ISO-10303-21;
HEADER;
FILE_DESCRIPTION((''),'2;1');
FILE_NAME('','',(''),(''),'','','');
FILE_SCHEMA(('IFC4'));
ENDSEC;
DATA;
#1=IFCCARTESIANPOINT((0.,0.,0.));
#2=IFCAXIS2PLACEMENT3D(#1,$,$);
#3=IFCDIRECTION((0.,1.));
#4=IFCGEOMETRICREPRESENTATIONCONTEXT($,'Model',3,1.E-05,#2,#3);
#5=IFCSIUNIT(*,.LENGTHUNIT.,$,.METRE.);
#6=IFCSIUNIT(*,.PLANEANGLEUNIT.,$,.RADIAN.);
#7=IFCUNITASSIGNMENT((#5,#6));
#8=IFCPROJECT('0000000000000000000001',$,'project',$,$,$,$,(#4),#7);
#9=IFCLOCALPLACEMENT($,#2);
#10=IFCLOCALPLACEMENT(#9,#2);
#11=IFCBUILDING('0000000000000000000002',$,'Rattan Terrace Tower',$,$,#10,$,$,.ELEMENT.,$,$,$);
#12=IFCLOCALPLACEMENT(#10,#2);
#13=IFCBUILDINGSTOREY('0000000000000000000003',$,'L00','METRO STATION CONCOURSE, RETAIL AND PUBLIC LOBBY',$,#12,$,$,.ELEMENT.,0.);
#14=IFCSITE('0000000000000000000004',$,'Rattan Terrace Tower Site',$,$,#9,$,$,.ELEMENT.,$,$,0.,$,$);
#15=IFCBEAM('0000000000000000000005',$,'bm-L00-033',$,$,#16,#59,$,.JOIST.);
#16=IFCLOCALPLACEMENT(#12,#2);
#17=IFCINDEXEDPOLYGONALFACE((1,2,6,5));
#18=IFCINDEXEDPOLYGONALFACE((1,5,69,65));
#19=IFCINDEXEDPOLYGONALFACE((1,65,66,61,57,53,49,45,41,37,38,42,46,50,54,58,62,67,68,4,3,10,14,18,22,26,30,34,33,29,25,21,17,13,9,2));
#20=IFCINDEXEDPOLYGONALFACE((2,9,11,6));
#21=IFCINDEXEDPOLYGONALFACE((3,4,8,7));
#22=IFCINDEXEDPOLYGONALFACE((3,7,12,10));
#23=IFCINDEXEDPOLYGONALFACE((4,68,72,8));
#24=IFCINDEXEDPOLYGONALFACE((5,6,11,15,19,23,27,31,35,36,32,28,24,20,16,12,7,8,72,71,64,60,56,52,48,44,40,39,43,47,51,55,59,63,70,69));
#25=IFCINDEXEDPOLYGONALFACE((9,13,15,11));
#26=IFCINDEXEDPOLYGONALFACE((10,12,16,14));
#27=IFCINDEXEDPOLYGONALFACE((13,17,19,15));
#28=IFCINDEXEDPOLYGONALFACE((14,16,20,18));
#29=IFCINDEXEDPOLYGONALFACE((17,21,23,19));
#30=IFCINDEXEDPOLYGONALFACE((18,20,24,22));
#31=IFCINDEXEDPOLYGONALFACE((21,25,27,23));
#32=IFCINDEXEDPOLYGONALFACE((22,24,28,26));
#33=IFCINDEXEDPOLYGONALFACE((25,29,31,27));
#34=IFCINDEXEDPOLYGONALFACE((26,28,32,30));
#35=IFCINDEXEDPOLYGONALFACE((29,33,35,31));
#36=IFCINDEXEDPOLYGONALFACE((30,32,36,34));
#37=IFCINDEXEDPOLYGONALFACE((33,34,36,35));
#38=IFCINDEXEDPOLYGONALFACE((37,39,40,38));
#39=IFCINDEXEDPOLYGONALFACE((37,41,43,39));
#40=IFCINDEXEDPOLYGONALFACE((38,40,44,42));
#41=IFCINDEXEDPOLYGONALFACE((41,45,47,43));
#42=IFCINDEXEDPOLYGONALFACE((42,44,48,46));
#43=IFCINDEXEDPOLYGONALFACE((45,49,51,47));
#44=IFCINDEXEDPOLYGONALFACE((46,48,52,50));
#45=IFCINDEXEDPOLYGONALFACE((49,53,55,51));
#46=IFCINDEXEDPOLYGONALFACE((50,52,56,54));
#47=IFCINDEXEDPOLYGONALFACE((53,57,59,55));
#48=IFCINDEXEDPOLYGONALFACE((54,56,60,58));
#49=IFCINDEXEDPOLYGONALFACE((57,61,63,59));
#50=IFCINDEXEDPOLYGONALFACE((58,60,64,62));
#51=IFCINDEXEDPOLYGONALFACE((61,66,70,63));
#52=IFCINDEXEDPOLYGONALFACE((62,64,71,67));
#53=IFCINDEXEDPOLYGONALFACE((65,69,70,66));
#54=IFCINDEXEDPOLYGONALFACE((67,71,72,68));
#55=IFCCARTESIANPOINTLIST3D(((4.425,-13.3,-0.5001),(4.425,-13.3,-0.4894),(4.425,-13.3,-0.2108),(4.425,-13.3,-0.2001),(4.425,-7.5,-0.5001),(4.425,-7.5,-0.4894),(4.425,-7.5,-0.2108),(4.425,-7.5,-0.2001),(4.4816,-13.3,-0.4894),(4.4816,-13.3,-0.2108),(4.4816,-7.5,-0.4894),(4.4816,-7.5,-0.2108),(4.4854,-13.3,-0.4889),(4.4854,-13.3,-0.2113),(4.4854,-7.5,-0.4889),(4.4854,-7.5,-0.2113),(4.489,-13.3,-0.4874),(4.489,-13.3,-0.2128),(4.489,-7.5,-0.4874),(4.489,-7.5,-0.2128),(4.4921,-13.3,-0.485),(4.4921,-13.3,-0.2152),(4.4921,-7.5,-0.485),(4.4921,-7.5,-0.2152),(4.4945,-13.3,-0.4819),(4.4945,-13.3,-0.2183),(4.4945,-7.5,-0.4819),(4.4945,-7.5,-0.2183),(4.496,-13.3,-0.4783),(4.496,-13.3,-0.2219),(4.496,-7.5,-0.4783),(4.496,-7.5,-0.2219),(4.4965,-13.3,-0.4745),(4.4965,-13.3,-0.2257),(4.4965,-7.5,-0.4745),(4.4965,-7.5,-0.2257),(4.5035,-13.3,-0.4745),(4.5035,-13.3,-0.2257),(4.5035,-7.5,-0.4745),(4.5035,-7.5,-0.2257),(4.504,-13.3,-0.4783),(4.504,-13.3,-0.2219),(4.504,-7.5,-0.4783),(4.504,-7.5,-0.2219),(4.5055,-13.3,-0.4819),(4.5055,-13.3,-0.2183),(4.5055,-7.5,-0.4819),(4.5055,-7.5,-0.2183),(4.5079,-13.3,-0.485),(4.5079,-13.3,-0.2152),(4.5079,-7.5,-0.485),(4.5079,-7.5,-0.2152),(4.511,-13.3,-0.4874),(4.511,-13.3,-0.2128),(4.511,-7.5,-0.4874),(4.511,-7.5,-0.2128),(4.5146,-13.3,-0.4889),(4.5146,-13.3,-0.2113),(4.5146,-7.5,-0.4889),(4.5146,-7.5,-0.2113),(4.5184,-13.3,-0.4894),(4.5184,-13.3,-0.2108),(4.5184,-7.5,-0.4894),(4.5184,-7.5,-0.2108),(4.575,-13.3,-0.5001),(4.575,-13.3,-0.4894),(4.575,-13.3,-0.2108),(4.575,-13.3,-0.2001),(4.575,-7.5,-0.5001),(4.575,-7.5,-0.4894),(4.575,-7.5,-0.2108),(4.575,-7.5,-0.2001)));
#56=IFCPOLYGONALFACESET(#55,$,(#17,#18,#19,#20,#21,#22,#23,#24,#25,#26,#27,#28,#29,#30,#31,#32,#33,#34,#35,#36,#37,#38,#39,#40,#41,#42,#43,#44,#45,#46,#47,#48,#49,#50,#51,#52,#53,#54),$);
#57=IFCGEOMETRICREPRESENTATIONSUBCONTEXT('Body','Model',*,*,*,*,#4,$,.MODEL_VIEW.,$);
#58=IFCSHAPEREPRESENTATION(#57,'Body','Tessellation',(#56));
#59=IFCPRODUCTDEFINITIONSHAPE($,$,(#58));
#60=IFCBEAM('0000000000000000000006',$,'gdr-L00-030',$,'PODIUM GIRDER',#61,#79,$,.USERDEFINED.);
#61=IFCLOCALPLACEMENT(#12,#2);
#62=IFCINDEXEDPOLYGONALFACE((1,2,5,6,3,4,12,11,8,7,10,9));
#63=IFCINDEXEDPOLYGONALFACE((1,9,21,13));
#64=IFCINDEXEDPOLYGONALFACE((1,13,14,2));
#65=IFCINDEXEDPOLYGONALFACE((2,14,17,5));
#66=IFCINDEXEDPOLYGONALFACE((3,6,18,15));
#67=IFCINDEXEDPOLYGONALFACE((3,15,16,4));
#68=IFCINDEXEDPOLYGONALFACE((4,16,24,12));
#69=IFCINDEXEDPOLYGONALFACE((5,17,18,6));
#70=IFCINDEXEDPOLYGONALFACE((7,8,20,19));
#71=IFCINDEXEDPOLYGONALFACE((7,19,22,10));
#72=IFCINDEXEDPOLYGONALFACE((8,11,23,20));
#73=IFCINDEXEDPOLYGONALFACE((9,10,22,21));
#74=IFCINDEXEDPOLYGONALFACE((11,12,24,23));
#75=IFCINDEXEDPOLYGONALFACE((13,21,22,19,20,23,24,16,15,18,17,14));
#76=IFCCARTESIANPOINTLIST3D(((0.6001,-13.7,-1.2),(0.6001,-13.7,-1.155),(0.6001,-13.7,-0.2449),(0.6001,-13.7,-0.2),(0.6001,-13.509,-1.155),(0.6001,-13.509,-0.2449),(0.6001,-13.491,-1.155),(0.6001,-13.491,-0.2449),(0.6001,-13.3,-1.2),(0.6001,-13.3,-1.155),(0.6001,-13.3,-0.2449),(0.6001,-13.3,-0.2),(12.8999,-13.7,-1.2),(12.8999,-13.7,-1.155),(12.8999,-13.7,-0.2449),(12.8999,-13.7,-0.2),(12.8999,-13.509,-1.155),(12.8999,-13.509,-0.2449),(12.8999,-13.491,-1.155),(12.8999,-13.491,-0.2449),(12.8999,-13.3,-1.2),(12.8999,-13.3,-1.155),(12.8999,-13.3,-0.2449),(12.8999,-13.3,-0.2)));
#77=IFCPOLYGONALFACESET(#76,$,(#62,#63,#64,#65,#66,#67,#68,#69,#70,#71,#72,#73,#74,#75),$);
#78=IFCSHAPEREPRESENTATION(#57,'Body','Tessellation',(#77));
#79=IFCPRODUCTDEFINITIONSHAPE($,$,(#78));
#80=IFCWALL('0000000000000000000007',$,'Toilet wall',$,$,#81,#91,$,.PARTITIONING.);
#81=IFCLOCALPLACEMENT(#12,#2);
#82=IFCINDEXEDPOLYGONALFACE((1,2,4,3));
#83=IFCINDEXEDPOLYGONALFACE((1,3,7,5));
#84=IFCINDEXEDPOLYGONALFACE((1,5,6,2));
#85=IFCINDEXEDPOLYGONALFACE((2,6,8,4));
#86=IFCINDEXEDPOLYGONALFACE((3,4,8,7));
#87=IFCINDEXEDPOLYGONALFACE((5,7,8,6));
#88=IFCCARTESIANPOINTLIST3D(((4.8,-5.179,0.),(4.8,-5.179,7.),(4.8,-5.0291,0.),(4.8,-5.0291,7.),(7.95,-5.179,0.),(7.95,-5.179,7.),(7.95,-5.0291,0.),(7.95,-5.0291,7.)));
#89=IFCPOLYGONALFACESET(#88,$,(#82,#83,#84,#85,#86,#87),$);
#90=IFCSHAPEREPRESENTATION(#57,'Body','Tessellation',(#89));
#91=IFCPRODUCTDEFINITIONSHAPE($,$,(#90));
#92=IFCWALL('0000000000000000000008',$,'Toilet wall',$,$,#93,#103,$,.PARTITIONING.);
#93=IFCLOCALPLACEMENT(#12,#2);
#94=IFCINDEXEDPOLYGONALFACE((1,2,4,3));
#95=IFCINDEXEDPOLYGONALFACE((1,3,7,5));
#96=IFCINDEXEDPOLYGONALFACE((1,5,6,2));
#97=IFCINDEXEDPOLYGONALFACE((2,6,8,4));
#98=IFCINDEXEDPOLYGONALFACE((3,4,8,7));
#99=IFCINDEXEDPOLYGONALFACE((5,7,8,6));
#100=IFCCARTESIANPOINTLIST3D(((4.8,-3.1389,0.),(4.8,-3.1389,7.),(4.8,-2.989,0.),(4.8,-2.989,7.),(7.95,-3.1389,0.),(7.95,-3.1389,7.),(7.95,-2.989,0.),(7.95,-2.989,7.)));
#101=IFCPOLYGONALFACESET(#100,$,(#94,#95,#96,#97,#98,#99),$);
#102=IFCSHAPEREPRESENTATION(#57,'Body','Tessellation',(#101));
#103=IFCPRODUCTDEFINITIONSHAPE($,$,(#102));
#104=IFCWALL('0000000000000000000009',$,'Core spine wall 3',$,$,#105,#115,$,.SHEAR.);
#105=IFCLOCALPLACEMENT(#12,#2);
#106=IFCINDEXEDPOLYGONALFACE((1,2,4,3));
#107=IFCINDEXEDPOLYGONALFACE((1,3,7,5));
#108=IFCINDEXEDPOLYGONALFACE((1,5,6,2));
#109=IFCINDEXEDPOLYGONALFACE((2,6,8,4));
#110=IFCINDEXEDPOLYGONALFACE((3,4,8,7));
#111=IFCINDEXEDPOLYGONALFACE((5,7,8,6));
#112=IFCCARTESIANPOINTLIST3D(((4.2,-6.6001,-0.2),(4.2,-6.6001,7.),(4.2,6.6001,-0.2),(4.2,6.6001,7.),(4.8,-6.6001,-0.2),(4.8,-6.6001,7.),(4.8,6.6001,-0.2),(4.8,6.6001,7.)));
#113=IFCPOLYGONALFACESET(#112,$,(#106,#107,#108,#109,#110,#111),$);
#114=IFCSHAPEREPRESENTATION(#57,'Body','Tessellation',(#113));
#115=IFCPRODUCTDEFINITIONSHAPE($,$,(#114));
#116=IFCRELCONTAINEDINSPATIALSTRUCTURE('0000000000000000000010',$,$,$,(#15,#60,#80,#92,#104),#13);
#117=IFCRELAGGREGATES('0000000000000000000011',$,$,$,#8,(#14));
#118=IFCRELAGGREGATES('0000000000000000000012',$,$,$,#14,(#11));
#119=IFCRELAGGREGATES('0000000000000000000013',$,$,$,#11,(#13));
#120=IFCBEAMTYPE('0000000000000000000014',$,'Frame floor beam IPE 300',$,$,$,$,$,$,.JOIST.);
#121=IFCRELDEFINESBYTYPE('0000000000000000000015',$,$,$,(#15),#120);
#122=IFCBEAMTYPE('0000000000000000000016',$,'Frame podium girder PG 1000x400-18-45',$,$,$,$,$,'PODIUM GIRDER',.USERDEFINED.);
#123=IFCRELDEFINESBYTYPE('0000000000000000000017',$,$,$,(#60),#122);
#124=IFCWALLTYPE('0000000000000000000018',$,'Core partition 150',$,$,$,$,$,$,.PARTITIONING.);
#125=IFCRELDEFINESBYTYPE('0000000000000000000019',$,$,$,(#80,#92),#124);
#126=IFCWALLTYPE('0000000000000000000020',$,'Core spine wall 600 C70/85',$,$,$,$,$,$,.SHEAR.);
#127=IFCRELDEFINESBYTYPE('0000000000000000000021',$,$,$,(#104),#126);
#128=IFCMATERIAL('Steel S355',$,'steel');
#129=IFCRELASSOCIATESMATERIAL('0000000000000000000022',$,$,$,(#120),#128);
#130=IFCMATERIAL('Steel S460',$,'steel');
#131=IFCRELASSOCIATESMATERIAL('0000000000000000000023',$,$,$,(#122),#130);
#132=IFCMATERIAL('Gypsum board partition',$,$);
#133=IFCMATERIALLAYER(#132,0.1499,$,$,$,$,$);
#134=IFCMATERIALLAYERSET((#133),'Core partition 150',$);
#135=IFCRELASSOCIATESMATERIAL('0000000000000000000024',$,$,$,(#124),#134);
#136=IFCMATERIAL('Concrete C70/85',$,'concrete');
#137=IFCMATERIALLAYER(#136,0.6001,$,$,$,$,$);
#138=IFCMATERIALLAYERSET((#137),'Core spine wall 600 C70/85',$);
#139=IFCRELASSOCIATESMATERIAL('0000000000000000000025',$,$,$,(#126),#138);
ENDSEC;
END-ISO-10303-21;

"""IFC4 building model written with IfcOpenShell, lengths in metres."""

from ifc_helpers import new_model, si_unit, direction, frame, frame_2d, origin, origin_2d, place, context, subcontext, project, spatial, rectangle, i_section, extrude, material, layer, layer_set, material_profile, profile_set, type_object, element, save


model = new_model("IFC4")

# Units and contexts
model_context = context("Model", 3, precision=1e-05, world=origin(), true_north=direction((0.0, 1.0)))
body_context = subcontext(model_context, "Body", "Model", "MODEL_VIEW")
ifc_project = project(units=[si_unit("LENGTHUNIT", "METRE"), si_unit("PLANEANGLEUNIT", "RADIAN")], contexts=[model_context])

# Site, building, storey
site_placement = place(None, origin())
site = spatial("IfcSite", under=ifc_project, at=site_placement, Name="Rattan Terrace Tower Site", CompositionType="ELEMENT", RefElevation=0.0)
building_placement = place(site_placement, origin())
building = spatial("IfcBuilding", under=site, at=building_placement, Name="Rattan Terrace Tower", CompositionType="ELEMENT")
storey_placement = place(building_placement, origin())
storey = spatial("IfcBuildingStorey", under=building, at=storey_placement, Name="L00", Description="METRO STATION CONCOURSE, RETAIL AND PUBLIC LOBBY", CompositionType="ELEMENT", Elevation=0.0)

# Beams
ifc_material_1 = material(Name="Steel S355", Category="steel")
ifc_material_profile_1 = material_profile(ifc_material_1, i_section(OverallWidth=0.1499, OverallDepth=0.3, WebThickness=0.0071, FlangeThickness=0.0107, FilletRadius=0.0149, at=origin_2d()), Name="IPE 300")
ifc_profile_set_1 = profile_set([ifc_material_profile_1], Name="Steel S355")
beam_type_1 = type_object("IfcBeamType", Name="Frame floor beam IPE 300", PredefinedType="JOIST", material=ifc_profile_set_1)
beam_1_placement = place(storey_placement, frame((4.5, -13.3, -0.3501), z_axis=(0.0, 1.0, 0.0), x_axis=(-1.0, 0.0, 0.0)))
element("IfcBeam", 1, at=beam_1_placement, inside=storey, type_object=beam_type_1, Name="bm-L00-033", PredefinedType="JOIST", context=body_context, shape_type="SweptSolid", body=[
    extrude(i_section(OverallWidth=0.1499, OverallDepth=0.3, WebThickness=0.0071, FlangeThickness=0.0107, FilletRadius=0.0149, at=origin_2d()), origin(), (0.0, 0.0, 1.0), 5.8),
])
ifc_material_2 = material(Name="Steel S460", Category="steel")
ifc_material_profile_2 = material_profile(ifc_material_2, i_section(OverallWidth=0.3999, OverallDepth=1.0, WebThickness=0.0181, FlangeThickness=0.0449, at=origin_2d()), Name="PG 1000x400-18-45")
ifc_profile_set_2 = profile_set([ifc_material_profile_2], Name="Steel S460")
beam_type_2 = type_object("IfcBeamType", Name="Frame podium girder PG 1000x400-18-45", ElementType="PODIUM GIRDER", PredefinedType="USERDEFINED", material=ifc_profile_set_2)
beam_2_placement = place(storey_placement, frame((0.6001, -13.5, -0.7), z_axis=(1.0, 0.0, 0.0), x_axis=(0.0, 1.0, 0.0)))
element("IfcBeam", 2, at=beam_2_placement, inside=storey, type_object=beam_type_2, Name="gdr-L00-030", ObjectType="PODIUM GIRDER", PredefinedType="USERDEFINED", context=body_context, shape_type="SweptSolid", body=[
    extrude(i_section(OverallWidth=0.3999, OverallDepth=1.0, WebThickness=0.0181, FlangeThickness=0.0449, at=origin_2d()), origin(), (0.0, 0.0, 1.0), 12.2998),
])

# Walls
ifc_material_3 = material(Name="Gypsum board partition")
ifc_layer_1 = layer(ifc_material_3, 0.1499)
ifc_layer_set_1 = layer_set([ifc_layer_1], Name="Core partition 150")
wall_type_1 = type_object("IfcWallType", Name="Core partition 150", PredefinedType="PARTITIONING", material=ifc_layer_set_1)
for number, where, z_axis, x_axis, name in (
    (3, (4.8, -5.104, 0.0), (0.0, 0.0, 1.0), (1.0, 0.0, 0.0), "Toilet wall"),
    (4, (4.8, -3.064, 0.0), (0.0, 0.0, 1.0), (1.0, 0.0, 0.0), "Toilet wall"),
):
    element("IfcWall", number, at=place(storey_placement, frame(where, z_axis=z_axis, x_axis=x_axis)), inside=storey, type_object=wall_type_1, Name=name, PredefinedType="PARTITIONING", context=body_context, shape_type="SweptSolid", body=[
        extrude(rectangle(XDim=3.1499, YDim=0.1499, at=frame_2d((1.575, 0.0))), origin(), (0.0, 0.0, 1.0), 7.0),
    ])
ifc_material_4 = material(Name="Concrete C70/85", Category="concrete")
ifc_layer_2 = layer(ifc_material_4, 0.6001)
ifc_layer_set_2 = layer_set([ifc_layer_2], Name="Core spine wall 600 C70/85")
wall_type_2 = type_object("IfcWallType", Name="Core spine wall 600 C70/85", PredefinedType="SHEAR", material=ifc_layer_set_2)
wall_1_placement = place(storey_placement, frame((4.5, -6.6001, -0.2), z_axis=(0.0, 0.0, 1.0), x_axis=(0.0, 1.0, 0.0)))
element("IfcWall", 5, at=wall_1_placement, inside=storey, type_object=wall_type_2, Name="Core spine wall 3", PredefinedType="SHEAR", context=body_context, shape_type="SweptSolid", body=[
    extrude(rectangle(XDim=13.2002, YDim=0.6001, at=frame_2d((6.6001, 0.0))), origin(), (0.0, 0.0, 1.0), 7.2),
])

save(model, "model.ifc")
